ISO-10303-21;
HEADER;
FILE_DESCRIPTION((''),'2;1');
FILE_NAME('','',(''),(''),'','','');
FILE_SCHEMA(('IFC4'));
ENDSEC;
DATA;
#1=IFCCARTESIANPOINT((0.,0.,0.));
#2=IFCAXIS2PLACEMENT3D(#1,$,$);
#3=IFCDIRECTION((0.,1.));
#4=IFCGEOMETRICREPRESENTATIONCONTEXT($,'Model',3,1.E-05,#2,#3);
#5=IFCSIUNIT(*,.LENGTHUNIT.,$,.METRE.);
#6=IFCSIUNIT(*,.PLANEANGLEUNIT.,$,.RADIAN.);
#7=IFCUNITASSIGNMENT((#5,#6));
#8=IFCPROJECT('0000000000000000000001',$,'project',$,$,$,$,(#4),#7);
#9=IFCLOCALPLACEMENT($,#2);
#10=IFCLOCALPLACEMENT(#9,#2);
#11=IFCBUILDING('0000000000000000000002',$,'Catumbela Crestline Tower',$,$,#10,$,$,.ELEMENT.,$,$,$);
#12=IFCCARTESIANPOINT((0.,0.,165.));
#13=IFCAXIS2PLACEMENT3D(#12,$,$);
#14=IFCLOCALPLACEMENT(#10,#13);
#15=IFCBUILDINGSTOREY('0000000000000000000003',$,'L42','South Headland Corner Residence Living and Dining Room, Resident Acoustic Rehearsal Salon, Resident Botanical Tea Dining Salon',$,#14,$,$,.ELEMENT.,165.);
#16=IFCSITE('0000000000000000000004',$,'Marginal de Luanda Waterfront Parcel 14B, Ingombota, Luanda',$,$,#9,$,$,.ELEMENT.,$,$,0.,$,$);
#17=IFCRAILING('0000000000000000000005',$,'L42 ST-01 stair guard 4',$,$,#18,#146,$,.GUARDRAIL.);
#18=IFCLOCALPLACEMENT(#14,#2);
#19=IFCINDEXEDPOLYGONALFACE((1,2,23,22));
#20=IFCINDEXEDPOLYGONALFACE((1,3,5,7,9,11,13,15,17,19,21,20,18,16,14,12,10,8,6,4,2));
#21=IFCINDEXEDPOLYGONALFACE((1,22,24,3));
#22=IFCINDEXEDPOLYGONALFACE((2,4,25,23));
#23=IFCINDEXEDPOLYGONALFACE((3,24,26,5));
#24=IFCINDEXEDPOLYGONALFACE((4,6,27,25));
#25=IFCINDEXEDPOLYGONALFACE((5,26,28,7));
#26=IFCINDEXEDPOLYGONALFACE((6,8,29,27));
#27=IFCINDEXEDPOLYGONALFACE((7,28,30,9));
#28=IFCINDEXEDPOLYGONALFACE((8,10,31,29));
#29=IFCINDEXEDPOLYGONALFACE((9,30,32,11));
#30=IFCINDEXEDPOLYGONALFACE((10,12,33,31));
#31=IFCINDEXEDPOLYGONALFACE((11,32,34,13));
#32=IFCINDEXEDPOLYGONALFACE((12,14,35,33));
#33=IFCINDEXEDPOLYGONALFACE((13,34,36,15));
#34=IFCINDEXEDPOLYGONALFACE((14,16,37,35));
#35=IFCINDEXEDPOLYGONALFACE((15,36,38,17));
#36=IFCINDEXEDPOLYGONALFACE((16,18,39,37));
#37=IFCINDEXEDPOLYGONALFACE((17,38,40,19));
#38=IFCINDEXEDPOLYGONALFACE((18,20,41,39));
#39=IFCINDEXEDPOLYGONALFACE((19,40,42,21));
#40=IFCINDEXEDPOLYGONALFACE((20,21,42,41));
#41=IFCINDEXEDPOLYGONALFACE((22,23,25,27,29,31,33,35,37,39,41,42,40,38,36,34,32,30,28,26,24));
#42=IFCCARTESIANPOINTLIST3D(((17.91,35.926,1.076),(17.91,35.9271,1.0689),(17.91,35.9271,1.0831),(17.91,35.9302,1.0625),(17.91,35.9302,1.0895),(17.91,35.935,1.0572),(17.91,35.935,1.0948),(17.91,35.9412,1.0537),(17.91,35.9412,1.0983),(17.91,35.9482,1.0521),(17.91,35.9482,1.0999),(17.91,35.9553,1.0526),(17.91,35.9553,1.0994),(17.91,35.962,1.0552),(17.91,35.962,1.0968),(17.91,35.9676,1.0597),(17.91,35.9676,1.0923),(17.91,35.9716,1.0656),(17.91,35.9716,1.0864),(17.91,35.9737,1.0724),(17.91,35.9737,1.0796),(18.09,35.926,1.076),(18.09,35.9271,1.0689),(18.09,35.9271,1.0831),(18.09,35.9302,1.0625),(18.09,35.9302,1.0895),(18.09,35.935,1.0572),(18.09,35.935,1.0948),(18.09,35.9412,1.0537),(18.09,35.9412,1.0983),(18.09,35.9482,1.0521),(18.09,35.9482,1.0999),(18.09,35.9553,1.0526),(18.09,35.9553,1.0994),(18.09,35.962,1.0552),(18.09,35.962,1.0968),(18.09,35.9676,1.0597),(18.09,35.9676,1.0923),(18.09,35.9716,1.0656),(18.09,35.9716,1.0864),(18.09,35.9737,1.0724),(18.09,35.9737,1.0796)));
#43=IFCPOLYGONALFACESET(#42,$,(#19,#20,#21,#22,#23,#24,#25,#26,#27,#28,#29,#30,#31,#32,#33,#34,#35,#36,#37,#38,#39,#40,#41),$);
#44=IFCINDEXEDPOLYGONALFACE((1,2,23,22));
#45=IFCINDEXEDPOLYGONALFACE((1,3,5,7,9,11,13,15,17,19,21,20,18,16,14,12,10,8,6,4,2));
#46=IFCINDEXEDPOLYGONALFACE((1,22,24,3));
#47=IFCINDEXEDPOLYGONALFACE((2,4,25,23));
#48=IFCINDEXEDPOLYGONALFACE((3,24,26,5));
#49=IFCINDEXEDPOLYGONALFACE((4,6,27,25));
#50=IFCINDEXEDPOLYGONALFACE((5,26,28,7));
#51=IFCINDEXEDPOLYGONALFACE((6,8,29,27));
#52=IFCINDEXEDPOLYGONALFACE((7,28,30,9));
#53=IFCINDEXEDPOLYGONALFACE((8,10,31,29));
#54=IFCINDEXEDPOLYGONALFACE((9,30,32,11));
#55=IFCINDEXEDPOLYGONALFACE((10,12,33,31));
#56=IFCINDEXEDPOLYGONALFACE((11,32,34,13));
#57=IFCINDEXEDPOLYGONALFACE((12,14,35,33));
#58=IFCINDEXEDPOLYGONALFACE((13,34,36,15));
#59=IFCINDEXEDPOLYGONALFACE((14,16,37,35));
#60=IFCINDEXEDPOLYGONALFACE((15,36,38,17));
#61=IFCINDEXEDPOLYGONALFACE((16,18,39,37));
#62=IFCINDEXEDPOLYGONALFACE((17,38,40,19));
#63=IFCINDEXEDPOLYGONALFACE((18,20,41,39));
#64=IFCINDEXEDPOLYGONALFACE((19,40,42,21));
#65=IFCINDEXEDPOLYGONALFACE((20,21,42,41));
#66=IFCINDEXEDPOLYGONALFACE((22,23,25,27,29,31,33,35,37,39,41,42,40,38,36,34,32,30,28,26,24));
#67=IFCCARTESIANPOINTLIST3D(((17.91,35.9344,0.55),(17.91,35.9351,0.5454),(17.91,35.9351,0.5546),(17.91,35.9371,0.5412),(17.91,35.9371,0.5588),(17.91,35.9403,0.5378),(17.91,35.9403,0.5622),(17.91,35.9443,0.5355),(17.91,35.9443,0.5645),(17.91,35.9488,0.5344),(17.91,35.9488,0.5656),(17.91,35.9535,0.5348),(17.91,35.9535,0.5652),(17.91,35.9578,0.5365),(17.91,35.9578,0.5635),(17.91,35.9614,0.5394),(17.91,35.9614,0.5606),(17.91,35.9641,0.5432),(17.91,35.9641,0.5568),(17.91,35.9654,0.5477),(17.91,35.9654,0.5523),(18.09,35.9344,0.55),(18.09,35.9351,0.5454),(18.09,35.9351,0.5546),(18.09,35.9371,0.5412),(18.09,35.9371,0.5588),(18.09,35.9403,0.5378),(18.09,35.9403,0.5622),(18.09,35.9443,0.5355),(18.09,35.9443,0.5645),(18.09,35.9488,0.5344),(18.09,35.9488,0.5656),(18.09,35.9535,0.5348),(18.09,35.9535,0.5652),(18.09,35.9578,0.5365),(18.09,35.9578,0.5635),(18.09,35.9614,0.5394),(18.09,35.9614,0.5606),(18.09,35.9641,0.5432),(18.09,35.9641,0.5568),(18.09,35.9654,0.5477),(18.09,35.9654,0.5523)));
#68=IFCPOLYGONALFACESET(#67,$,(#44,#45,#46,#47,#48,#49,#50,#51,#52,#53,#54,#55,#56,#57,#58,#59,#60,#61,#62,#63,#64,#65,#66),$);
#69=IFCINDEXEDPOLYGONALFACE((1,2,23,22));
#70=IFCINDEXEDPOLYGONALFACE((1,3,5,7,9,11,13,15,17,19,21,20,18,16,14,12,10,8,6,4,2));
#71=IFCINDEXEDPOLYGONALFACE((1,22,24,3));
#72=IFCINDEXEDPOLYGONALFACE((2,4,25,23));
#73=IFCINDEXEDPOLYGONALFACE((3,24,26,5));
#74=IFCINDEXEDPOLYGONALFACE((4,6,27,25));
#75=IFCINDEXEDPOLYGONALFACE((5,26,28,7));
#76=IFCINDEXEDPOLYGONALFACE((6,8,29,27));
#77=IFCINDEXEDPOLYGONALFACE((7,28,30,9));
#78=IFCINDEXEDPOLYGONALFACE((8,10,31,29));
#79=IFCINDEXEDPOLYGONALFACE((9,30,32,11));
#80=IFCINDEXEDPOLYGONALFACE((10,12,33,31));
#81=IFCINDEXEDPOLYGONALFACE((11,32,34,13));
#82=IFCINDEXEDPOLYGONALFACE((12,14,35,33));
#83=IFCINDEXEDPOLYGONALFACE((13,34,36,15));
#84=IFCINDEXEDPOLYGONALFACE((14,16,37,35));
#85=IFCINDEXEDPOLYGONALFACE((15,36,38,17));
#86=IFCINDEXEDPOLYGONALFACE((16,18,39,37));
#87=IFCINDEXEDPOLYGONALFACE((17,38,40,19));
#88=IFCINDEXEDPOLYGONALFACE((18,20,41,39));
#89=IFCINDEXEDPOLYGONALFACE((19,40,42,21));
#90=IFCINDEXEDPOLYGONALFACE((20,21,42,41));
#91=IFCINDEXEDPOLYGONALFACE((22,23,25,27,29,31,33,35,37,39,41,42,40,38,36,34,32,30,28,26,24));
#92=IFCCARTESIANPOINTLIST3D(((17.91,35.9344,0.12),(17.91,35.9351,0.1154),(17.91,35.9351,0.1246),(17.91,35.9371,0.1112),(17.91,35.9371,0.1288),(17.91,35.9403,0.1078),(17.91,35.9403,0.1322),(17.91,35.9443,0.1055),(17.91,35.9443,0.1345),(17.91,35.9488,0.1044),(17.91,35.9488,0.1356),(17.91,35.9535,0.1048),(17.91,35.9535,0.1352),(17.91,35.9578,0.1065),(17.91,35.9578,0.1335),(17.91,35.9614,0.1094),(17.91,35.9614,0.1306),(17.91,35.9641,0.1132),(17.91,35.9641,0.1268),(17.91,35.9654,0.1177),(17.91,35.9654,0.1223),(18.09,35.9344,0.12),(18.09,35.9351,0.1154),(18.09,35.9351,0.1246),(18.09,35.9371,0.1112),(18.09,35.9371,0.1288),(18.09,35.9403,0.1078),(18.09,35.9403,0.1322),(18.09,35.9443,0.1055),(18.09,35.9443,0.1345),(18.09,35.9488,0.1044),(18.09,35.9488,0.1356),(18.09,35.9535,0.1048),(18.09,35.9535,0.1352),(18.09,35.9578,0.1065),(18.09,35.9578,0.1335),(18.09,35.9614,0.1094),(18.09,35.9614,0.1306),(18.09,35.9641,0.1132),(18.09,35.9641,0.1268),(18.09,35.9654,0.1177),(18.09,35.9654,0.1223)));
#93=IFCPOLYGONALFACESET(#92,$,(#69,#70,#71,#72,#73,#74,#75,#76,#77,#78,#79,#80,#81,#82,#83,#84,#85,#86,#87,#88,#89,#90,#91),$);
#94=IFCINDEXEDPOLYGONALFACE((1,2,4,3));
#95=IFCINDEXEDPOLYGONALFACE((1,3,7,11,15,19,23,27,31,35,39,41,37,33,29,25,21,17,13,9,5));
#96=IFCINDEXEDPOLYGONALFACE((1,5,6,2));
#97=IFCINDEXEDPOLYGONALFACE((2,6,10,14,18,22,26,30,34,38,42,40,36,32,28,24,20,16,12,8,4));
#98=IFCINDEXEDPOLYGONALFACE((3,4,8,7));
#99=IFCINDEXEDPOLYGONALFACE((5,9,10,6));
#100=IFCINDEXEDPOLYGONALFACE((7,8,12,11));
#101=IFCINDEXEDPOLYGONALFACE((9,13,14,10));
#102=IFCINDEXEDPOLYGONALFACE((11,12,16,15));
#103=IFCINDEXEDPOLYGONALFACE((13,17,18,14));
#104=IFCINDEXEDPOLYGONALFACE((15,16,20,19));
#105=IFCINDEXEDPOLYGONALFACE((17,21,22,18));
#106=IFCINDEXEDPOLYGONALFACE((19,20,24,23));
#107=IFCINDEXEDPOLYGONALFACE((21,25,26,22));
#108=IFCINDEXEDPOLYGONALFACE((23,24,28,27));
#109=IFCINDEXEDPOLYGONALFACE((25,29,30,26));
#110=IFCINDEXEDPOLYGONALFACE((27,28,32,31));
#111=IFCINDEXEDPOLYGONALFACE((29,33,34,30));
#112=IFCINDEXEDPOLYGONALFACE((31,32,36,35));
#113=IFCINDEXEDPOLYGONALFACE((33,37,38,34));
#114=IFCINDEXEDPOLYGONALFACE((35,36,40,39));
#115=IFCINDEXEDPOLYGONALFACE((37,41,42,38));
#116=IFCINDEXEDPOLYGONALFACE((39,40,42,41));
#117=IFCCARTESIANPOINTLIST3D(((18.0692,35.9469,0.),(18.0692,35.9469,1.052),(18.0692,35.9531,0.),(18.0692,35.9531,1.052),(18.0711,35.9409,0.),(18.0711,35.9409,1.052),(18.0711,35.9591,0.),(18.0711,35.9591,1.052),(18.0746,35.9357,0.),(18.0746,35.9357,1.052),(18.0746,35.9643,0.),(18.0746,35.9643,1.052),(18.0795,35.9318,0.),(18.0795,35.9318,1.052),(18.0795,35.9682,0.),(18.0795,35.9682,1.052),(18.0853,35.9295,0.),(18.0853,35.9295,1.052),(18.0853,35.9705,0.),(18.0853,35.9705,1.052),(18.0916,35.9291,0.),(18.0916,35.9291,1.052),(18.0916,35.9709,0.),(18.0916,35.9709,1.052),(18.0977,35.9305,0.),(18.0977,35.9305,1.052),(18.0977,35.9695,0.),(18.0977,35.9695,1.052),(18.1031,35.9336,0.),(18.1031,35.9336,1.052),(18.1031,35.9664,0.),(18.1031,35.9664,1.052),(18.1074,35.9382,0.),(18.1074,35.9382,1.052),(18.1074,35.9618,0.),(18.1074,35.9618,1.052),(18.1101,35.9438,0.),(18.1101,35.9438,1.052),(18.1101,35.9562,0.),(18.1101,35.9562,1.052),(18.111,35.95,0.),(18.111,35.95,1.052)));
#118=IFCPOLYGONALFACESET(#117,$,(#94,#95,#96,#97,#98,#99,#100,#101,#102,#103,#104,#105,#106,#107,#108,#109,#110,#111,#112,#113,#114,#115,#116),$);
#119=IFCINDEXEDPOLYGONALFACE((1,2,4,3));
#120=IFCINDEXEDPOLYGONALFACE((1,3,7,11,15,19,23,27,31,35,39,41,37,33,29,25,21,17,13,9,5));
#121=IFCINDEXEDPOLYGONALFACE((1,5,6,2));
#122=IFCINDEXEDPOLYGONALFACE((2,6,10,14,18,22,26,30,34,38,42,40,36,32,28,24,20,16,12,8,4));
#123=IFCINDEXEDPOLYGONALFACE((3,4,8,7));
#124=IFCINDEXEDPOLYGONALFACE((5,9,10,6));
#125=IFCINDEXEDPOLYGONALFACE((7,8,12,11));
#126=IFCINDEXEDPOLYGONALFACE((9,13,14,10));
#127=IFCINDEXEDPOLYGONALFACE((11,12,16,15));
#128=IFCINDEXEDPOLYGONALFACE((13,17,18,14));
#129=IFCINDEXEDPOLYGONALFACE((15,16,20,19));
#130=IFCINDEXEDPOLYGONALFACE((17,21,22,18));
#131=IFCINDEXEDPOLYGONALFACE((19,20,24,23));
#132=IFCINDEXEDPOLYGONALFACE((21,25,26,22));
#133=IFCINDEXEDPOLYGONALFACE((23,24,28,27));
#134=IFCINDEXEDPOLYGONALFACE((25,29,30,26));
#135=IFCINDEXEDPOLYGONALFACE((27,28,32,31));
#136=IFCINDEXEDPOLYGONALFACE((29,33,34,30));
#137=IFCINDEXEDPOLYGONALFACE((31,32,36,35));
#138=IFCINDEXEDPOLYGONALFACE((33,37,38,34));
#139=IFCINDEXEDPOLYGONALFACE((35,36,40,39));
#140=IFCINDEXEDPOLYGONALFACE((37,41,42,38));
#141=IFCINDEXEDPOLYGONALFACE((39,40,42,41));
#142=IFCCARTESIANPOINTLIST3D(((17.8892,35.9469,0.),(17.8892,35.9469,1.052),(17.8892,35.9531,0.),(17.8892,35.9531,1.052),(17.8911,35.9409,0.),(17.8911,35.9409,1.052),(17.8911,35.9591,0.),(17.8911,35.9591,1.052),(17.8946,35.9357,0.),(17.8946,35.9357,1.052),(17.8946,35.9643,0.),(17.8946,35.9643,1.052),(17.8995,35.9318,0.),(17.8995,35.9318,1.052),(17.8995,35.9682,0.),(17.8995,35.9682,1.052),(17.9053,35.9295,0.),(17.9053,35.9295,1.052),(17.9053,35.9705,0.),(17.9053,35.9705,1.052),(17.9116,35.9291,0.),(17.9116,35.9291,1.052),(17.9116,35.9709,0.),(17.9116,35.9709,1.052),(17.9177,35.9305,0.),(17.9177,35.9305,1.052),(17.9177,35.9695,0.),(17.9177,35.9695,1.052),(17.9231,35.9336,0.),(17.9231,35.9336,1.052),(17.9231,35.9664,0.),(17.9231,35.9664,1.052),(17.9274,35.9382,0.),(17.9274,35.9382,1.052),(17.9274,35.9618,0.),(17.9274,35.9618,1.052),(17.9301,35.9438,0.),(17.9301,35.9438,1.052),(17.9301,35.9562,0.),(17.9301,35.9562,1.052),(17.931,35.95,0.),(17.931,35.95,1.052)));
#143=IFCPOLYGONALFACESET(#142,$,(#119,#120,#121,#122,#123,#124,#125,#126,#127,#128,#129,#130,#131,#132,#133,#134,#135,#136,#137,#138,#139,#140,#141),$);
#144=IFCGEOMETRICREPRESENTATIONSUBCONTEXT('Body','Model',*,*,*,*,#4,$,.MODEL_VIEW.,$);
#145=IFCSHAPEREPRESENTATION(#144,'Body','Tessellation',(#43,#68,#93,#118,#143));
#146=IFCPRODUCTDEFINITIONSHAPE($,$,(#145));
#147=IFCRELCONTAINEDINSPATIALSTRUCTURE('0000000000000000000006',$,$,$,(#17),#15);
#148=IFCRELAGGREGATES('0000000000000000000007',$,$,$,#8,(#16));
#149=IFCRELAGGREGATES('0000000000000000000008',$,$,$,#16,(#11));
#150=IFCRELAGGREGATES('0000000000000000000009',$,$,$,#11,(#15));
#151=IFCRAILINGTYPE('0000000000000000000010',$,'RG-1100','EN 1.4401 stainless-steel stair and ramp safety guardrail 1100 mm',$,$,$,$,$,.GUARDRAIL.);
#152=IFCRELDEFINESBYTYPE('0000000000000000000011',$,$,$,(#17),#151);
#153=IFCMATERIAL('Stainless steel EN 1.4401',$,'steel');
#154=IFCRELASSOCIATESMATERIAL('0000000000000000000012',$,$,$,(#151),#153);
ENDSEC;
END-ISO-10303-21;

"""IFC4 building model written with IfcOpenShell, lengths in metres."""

from ifc_helpers import new_model, si_unit, direction, frame, origin, origin_2d, place, context, subcontext, project, spatial, circle, extrude, material, type_object, element, save


model = new_model("IFC4")

# Units and contexts
model_context = context("Model", 3, precision=1e-05, world=origin(), true_north=direction((0.0, 1.0)))
body_context = subcontext(model_context, "Body", "Model", "MODEL_VIEW")
ifc_project = project(units=[si_unit("LENGTHUNIT", "METRE"), si_unit("PLANEANGLEUNIT", "RADIAN")], contexts=[model_context])

# Site, building, storey
site_placement = place(None, origin())
site = spatial("IfcSite", under=ifc_project, at=site_placement, Name="Marginal de Luanda Waterfront Parcel 14B, Ingombota, Luanda", CompositionType="ELEMENT", RefElevation=0.0)
building_placement = place(site_placement, origin())
building = spatial("IfcBuilding", under=site, at=building_placement, Name="Catumbela Crestline Tower", CompositionType="ELEMENT")
storey_placement = place(building_placement, frame((0.0, 0.0, 165.0)))
storey = spatial("IfcBuildingStorey", under=building, at=storey_placement, Name="L42", Description="South Headland Corner Residence Living and Dining Room, Resident Acoustic Rehearsal Salon, Resident Botanical Tea Dining Salon", CompositionType="ELEMENT", Elevation=165.0)

# Shared definitions
ifc_material_1 = material(Name="Stainless steel EN 1.4401", Category="steel")

# Railing
railing_type_1 = type_object("IfcRailingType", Name="RG-1100", Description="EN 1.4401 stainless-steel stair and ramp safety guardrail 1100 mm", PredefinedType="GUARDRAIL", material=ifc_material_1)
railing_1_placement = place(storey_placement, frame((18.09, 35.95, 0.0)))
element("IfcRailing", 1, at=railing_1_placement, inside=storey, type_object=railing_type_1, Name="L42 ST-01 stair guard 4", PredefinedType="GUARDRAIL", context=body_context, shape_type="SweptSolid", body=[
    extrude(circle(Radius=0.024, at=origin_2d()), frame((0.0, 0.0, 1.076), z_axis=(-1.0, 0.0, 0.0), x_axis=(0.0, -1.0, 0.0)), (0.0, 0.0, 1.0), 0.18),
    extrude(circle(Radius=0.0156, at=origin_2d()), frame((0.0, 0.0, 0.55), z_axis=(-1.0, 0.0, 0.0), x_axis=(0.0, -1.0, 0.0)), (0.0, 0.0, 1.0), 0.18),
    extrude(circle(Radius=0.0156, at=origin_2d()), frame((0.0, 0.0, 0.12), z_axis=(-1.0, 0.0, 0.0), x_axis=(0.0, -1.0, 0.0)), (0.0, 0.0, 1.0), 0.18),
    extrude(circle(Radius=0.021, at=origin_2d()), origin(), (0.0, 0.0, 1.0), 1.052),
    extrude(circle(Radius=0.021, at=origin_2d()), frame((-0.18, 0.0, 0.0)), (0.0, 0.0, 1.0), 1.052),
])

save(model, "model.ifc")
